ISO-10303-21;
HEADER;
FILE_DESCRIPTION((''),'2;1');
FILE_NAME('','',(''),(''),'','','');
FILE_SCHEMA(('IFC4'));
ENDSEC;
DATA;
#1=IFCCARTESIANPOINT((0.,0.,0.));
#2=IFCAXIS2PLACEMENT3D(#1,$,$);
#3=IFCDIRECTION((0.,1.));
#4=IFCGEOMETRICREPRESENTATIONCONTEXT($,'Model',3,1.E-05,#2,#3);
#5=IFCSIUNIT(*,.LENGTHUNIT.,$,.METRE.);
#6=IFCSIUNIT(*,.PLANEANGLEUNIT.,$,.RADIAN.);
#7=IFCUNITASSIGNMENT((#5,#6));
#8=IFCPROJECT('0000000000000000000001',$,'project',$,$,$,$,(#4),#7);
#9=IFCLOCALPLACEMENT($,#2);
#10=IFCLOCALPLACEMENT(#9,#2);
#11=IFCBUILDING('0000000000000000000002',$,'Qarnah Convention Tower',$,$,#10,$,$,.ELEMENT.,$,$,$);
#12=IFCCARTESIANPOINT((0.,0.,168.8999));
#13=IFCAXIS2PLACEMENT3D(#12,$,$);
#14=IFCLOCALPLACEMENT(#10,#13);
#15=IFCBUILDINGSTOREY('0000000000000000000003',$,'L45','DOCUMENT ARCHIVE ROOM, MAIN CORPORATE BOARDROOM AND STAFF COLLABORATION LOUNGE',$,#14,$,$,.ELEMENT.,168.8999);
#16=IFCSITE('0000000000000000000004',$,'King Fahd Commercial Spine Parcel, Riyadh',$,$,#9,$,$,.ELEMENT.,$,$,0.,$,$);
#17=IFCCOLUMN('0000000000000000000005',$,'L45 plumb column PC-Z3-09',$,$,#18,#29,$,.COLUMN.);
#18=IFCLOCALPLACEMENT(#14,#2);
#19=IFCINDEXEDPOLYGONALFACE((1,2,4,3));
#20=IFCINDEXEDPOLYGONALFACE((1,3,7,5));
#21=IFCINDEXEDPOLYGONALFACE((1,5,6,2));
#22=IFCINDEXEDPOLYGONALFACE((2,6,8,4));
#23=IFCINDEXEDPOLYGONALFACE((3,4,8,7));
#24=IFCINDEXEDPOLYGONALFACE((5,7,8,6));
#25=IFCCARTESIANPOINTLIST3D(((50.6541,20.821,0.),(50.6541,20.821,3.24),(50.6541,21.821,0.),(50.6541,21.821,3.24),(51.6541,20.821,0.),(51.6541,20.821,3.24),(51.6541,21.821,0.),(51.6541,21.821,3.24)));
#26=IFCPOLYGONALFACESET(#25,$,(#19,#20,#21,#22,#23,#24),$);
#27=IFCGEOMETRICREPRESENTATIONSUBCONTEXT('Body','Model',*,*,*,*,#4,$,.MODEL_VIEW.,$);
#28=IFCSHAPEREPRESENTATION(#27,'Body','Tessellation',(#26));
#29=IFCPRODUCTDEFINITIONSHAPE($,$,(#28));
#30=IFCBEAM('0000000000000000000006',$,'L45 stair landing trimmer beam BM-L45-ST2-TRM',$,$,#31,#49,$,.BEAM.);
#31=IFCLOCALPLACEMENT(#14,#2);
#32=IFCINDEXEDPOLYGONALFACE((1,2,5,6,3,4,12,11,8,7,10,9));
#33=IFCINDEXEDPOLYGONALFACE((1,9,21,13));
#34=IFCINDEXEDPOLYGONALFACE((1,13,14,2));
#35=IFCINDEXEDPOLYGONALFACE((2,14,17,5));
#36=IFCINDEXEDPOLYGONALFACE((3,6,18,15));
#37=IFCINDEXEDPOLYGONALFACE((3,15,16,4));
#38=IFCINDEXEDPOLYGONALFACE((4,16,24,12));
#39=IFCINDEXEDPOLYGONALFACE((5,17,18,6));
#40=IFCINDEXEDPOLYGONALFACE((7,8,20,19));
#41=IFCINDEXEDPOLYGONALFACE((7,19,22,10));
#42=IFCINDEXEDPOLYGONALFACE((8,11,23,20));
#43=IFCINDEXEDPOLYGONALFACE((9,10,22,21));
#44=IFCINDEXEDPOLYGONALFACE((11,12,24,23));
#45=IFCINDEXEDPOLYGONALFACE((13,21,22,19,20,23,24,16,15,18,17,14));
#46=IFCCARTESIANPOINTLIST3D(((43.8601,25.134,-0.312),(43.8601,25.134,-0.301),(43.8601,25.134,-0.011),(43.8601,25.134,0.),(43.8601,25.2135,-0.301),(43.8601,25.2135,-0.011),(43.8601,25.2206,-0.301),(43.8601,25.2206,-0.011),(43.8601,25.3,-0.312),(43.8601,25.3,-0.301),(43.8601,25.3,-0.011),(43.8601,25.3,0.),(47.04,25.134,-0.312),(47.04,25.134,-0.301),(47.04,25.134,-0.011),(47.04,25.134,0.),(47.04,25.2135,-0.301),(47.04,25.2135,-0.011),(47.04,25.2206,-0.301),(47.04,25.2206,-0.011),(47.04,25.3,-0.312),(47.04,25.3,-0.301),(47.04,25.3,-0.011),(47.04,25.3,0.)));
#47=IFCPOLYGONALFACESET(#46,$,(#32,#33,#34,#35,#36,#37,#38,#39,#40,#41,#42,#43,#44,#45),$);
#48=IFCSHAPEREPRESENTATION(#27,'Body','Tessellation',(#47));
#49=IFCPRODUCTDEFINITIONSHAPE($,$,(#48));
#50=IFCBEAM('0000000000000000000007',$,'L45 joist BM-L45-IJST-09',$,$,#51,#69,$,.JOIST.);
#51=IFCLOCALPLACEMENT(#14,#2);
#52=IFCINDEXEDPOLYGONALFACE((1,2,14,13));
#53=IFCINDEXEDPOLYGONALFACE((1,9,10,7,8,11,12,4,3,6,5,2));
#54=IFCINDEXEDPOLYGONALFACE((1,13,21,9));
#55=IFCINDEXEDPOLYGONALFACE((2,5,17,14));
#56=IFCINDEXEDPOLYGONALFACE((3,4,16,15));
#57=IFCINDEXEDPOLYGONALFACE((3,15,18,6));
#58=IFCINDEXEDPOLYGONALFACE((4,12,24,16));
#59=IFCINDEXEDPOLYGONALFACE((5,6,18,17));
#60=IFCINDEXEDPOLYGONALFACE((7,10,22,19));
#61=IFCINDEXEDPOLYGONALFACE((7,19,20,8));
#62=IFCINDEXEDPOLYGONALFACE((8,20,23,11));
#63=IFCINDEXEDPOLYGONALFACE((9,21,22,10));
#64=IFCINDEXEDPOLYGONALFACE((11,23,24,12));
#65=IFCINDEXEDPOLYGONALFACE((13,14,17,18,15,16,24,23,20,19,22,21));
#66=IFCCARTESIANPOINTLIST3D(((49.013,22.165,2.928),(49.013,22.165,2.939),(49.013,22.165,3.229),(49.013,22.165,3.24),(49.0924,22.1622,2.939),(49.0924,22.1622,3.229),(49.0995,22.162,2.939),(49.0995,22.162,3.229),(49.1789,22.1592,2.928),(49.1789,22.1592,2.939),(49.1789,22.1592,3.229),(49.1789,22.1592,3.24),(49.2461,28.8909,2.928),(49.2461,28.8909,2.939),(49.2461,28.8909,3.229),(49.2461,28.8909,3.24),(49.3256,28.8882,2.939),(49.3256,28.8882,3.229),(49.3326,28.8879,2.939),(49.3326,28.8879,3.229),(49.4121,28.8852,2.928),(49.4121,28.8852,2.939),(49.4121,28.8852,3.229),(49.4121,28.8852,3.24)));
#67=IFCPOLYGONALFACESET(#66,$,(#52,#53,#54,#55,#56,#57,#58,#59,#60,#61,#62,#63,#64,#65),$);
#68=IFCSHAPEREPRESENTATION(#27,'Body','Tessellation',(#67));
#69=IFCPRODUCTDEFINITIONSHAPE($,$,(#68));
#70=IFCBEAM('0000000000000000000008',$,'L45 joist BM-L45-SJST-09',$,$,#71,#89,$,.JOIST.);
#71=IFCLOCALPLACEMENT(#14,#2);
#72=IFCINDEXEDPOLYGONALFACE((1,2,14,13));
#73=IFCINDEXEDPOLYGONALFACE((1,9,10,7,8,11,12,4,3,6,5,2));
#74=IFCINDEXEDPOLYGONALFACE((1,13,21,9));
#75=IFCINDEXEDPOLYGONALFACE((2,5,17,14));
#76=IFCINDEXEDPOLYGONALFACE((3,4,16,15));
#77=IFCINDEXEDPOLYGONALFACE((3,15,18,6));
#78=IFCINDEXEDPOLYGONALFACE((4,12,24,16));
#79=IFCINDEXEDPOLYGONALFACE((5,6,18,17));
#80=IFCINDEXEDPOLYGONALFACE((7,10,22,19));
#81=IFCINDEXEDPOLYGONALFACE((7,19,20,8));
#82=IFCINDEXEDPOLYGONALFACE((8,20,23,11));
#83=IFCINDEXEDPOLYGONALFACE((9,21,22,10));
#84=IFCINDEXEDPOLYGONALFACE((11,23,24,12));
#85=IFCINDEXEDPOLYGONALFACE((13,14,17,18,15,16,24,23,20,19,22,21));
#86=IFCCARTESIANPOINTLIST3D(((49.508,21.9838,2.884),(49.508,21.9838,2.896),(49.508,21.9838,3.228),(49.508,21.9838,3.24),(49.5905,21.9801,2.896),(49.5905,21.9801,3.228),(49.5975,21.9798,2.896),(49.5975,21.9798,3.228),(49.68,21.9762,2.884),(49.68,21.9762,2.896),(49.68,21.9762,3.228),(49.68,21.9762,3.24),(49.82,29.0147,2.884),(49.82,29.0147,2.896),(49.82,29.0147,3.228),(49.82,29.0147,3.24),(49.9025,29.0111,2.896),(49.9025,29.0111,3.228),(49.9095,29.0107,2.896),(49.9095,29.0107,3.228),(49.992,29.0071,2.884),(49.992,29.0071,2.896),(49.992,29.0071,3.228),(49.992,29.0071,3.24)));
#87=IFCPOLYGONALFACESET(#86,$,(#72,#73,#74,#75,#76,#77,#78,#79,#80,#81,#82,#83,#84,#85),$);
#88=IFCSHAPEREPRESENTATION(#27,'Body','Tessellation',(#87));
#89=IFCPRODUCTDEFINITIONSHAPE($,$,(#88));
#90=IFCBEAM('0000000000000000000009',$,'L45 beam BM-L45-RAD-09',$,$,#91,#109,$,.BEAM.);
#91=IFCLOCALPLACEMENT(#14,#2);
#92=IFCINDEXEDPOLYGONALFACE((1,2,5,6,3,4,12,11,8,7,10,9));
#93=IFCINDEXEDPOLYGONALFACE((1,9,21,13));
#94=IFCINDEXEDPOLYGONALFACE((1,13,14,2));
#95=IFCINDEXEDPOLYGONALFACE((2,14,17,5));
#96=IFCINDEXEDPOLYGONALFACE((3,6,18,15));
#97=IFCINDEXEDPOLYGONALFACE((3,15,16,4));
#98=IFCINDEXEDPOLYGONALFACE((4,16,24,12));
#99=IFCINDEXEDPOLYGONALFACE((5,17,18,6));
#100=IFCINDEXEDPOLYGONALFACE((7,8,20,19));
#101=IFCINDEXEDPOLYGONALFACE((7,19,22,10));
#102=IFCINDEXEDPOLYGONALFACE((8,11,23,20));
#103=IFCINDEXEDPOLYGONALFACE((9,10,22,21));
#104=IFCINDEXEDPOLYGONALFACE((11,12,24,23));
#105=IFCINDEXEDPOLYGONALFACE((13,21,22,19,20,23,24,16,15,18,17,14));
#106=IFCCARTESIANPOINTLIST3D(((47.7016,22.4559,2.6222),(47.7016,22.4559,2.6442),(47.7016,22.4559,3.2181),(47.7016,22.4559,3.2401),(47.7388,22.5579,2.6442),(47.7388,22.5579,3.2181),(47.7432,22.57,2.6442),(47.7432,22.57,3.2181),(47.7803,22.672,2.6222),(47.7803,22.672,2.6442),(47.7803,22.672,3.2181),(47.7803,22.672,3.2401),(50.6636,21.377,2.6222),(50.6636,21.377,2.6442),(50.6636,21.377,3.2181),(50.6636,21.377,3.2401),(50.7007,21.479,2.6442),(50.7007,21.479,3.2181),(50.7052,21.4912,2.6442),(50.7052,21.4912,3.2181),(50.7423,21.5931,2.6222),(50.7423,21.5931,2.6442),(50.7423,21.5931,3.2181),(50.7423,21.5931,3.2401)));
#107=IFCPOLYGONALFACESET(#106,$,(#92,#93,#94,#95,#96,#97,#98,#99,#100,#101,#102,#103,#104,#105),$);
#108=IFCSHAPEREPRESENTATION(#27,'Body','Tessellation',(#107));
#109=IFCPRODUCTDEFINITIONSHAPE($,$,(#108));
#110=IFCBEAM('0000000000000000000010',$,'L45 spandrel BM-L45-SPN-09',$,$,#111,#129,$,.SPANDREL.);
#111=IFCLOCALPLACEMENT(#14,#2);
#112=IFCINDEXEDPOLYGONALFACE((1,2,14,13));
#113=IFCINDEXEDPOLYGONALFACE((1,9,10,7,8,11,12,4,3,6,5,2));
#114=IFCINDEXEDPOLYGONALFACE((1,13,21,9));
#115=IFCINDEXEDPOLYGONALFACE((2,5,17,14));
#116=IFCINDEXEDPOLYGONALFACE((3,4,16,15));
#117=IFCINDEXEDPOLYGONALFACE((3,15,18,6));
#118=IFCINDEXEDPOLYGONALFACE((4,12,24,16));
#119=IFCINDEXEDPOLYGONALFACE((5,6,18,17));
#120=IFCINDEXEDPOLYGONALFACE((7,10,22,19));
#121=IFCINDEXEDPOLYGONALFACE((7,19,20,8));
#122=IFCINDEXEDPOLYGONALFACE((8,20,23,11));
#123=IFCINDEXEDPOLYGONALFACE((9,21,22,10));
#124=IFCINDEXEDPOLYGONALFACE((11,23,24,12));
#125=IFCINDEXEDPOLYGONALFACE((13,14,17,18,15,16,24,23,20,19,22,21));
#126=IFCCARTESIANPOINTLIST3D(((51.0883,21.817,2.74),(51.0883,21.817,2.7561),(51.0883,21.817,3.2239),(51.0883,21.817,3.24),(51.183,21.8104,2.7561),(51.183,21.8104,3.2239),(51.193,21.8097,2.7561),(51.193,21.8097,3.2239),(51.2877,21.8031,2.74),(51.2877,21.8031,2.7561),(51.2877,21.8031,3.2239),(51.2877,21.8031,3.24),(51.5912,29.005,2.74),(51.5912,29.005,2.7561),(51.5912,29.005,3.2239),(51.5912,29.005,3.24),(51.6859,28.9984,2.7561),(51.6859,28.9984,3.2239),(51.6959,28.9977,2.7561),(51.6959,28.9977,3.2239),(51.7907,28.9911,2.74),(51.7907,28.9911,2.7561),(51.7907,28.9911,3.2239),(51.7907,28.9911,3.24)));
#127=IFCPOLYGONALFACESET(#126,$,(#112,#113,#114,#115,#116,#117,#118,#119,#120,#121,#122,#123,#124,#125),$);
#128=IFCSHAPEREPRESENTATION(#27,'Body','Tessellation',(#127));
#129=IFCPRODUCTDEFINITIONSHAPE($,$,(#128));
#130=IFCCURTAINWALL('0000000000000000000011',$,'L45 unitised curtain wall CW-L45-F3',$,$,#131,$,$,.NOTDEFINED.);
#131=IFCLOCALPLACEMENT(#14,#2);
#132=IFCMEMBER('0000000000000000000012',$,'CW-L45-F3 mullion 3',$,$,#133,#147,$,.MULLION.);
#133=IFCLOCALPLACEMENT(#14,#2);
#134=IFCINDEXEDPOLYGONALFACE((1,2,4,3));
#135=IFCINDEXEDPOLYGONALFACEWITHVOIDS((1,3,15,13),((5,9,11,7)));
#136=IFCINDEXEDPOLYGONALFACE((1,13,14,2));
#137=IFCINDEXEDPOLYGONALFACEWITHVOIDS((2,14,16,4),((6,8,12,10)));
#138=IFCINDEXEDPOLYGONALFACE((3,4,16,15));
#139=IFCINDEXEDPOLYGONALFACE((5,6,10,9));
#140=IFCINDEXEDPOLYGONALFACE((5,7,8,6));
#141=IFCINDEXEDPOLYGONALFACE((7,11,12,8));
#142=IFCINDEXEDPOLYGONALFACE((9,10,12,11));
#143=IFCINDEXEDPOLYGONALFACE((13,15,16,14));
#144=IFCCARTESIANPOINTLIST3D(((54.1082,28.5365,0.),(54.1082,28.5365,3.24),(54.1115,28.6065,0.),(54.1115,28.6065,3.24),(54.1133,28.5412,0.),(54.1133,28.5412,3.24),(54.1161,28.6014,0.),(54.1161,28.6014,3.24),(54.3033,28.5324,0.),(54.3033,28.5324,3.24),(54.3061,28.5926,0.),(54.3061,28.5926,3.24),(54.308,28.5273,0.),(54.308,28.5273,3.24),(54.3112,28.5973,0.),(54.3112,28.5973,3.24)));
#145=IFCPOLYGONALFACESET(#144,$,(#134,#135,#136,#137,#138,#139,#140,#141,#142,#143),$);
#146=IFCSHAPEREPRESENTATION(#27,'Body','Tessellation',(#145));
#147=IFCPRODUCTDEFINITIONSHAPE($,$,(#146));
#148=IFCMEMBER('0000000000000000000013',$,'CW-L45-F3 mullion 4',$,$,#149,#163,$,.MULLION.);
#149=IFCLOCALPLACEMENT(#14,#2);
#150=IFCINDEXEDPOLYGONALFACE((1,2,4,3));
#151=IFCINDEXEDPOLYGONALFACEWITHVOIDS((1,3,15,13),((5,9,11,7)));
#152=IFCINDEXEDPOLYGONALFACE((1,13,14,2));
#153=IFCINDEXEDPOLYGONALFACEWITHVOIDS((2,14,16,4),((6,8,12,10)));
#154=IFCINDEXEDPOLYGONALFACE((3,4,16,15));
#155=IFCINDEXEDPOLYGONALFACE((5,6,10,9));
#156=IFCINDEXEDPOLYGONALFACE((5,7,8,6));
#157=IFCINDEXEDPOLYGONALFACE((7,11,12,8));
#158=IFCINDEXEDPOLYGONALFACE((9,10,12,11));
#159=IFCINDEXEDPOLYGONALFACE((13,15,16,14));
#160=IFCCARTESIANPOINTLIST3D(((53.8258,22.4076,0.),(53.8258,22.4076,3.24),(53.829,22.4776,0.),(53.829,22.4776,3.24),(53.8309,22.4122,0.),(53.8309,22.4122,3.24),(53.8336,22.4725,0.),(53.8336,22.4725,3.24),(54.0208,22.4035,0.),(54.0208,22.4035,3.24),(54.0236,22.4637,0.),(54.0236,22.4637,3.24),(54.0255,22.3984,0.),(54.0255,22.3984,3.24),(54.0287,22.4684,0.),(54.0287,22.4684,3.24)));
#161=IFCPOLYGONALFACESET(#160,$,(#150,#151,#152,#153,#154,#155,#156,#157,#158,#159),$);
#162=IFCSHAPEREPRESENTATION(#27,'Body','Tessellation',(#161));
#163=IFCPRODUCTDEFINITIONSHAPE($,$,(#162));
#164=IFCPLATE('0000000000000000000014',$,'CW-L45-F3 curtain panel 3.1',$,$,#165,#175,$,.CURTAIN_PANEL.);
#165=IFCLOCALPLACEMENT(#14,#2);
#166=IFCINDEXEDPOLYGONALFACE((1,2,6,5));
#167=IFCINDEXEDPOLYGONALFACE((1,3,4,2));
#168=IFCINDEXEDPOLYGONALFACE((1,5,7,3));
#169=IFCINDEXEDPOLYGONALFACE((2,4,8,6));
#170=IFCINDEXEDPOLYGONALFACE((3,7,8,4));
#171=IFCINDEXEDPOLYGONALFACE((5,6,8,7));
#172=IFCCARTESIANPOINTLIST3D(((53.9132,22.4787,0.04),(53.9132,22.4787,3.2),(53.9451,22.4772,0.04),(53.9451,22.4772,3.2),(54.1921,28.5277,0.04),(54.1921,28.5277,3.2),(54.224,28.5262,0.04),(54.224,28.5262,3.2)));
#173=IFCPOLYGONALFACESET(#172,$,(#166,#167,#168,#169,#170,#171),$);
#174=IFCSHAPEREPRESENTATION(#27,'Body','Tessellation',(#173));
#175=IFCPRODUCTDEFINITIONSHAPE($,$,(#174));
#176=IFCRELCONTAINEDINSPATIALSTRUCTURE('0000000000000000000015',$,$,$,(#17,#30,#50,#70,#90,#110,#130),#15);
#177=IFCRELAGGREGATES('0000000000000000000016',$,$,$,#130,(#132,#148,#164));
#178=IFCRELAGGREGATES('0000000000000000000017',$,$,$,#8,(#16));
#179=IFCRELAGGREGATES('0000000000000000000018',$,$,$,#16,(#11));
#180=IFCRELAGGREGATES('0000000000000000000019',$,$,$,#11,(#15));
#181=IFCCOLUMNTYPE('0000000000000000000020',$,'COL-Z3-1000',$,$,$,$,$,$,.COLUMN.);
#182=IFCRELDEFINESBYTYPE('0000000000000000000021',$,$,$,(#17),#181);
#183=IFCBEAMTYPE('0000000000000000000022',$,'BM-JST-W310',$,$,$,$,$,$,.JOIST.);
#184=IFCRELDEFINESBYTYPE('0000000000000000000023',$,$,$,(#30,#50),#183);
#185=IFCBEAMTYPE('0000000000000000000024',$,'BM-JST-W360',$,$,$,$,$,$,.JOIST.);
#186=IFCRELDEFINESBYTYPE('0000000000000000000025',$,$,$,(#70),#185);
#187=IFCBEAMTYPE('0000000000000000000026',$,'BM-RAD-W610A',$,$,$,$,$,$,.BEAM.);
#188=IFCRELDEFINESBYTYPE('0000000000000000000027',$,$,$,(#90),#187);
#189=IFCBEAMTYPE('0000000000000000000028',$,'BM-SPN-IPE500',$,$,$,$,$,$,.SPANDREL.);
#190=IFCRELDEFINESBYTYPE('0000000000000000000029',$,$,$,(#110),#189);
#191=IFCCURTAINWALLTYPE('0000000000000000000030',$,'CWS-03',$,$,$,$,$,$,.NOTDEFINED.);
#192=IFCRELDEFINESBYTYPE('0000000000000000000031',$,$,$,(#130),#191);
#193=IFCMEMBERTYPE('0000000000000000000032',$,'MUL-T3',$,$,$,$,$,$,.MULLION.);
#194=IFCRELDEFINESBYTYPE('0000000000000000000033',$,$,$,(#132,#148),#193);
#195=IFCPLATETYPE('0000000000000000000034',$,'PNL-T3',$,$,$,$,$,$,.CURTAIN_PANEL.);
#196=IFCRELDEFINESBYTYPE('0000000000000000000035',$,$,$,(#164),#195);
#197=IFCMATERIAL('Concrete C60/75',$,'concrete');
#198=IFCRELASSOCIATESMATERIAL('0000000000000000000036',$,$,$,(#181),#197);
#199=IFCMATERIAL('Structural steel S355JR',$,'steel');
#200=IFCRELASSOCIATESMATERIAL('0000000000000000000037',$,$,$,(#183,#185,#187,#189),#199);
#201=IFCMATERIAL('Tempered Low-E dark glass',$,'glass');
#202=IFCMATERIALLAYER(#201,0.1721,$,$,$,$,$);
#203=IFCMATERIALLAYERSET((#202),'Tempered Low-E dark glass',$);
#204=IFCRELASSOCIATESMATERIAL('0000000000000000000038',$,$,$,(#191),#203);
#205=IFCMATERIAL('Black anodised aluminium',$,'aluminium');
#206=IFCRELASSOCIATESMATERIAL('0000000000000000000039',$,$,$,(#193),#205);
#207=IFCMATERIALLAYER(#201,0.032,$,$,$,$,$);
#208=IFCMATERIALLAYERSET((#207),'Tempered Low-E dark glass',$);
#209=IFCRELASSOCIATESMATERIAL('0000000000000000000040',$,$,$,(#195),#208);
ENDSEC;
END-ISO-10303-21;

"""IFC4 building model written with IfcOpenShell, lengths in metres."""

from ifc_helpers import new_model, si_unit, direction, frame, origin, origin_2d, place, context, subcontext, project, spatial, rectangle, hollow_rectangle, i_section, extrude, material, layer, layer_set, material_profile, profile_set, type_object, element, aggregate, save


model = new_model("IFC4")

# Units and contexts
model_context = context("Model", 3, precision=1e-05, world=origin(), true_north=direction((0.0, 1.0)))
body_context = subcontext(model_context, "Body", "Model", "MODEL_VIEW")
ifc_project = project(units=[si_unit("LENGTHUNIT", "METRE"), si_unit("PLANEANGLEUNIT", "RADIAN")], contexts=[model_context])

# Site, building, storey
site_placement = place(None, origin())
site = spatial("IfcSite", under=ifc_project, at=site_placement, Name="King Fahd Commercial Spine Parcel, Riyadh", CompositionType="ELEMENT", RefElevation=0.0)
building_placement = place(site_placement, origin())
building = spatial("IfcBuilding", under=site, at=building_placement, Name="Qarnah Convention Tower", CompositionType="ELEMENT")
storey_placement = place(building_placement, frame((0.0, 0.0, 168.8999)))
storey = spatial("IfcBuildingStorey", under=building, at=storey_placement, Name="L45", Description="DOCUMENT ARCHIVE ROOM, MAIN CORPORATE BOARDROOM AND STAFF COLLABORATION LOUNGE", CompositionType="ELEMENT", Elevation=168.8999)

# Column
ifc_material_1 = material(Name="Concrete C60/75", Category="concrete")
ifc_material_profile_1 = material_profile(ifc_material_1, rectangle(XDim=1.0, YDim=1.0, at=origin_2d()), Name="RC-COL-1000X1000")
ifc_profile_set_1 = profile_set([ifc_material_profile_1], Name="Concrete C60/75")
column_type = type_object("IfcColumnType", Name="COL-Z3-1000", PredefinedType="COLUMN", material=ifc_profile_set_1)
column_placement = place(storey_placement, frame((51.1541, 21.321, 0.0), z_axis=(0.0, 0.0, 1.0), x_axis=(1.0, 0.0, 0.0)))
element("IfcColumn", 1, at=column_placement, inside=storey, type_object=column_type, Name="L45 plumb column PC-Z3-09", PredefinedType="COLUMN", context=body_context, shape_type="SweptSolid", body=[
    extrude(rectangle(XDim=1.0, YDim=1.0, at=origin_2d()), origin(), (0.0, 0.0, 1.0), 3.24),
])

# Beams
ifc_material_2 = material(Name="Structural steel S355JR", Category="steel")
ifc_material_profile_2 = material_profile(ifc_material_2, i_section(OverallWidth=0.166, OverallDepth=0.312, WebThickness=0.0071, FlangeThickness=0.011, at=origin_2d()), Name="W310X45")
ifc_profile_set_2 = profile_set([ifc_material_profile_2], Name="Structural steel S355JR")
beam_type_1 = type_object("IfcBeamType", Name="BM-JST-W310", PredefinedType="JOIST", material=ifc_profile_set_2)
beam_1_placement = place(storey_placement, frame((43.8601, 25.217, -0.156), z_axis=(1.0, 0.0, 0.0), x_axis=(0.0, 1.0, 0.0)))
element("IfcBeam", 2, at=beam_1_placement, inside=storey, type_object=beam_type_1, Name="L45 stair landing trimmer beam BM-L45-ST2-TRM", PredefinedType="BEAM", context=body_context, shape_type="SweptSolid", body=[
    extrude(i_section(OverallWidth=0.166, OverallDepth=0.312, WebThickness=0.0071, FlangeThickness=0.011, at=origin_2d()), origin(), (0.0, 0.0, 1.0), 3.1799),
])
beam_2_placement = place(storey_placement, frame((49.0959, 22.1621, 3.084), z_axis=(0.034645, 0.9994, 0.0), x_axis=(-0.9994, 0.034645, 0.0)))
element("IfcBeam", 3, at=beam_2_placement, inside=storey, type_object=beam_type_1, Name="L45 joist BM-L45-IJST-09", PredefinedType="JOIST", context=body_context, shape_type="SweptSolid", body=[
    extrude(i_section(OverallWidth=0.166, OverallDepth=0.312, WebThickness=0.0071, FlangeThickness=0.011, at=origin_2d()), origin(), (0.0, 0.0, 1.0), 6.73),
])
ifc_material_profile_3 = material_profile(ifc_material_2, i_section(OverallWidth=0.1721, OverallDepth=0.356, WebThickness=0.0071, FlangeThickness=0.012, at=origin_2d()), Name="W360X51")
ifc_profile_set_3 = profile_set([ifc_material_profile_3], Name="Structural steel S355JR")
beam_type_2 = type_object("IfcBeamType", Name="BM-JST-W360", PredefinedType="JOIST", material=ifc_profile_set_3)
beam_3_placement = place(storey_placement, frame((49.594, 21.98, 3.062), z_axis=(0.044333, 0.999017, 0.0), x_axis=(-0.999017, 0.044333, 0.0)))
element("IfcBeam", 4, at=beam_3_placement, inside=storey, type_object=beam_type_2, Name="L45 joist BM-L45-SJST-09", PredefinedType="JOIST", context=body_context, shape_type="SweptSolid", body=[
    extrude(i_section(OverallWidth=0.1721, OverallDepth=0.356, WebThickness=0.0071, FlangeThickness=0.012, at=origin_2d()), origin(), (0.0, 0.0, 1.0), 7.0378),
])
ifc_material_profile_4 = material_profile(ifc_material_2, i_section(OverallWidth=0.23, OverallDepth=0.6179, WebThickness=0.0129, FlangeThickness=0.022, at=origin_2d()), Name="W610X140")
ifc_profile_set_4 = profile_set([ifc_material_profile_4], Name="Structural steel S355JR")
beam_type_3 = type_object("IfcBeamType", Name="BM-RAD-W610A", PredefinedType="BEAM", material=ifc_profile_set_4)
beam_4_placement = place(storey_placement, frame((47.741, 22.564, 2.9312), z_axis=(0.93961, -0.342247, 0.0), x_axis=(0.342247, 0.93961, 0.0)))
element("IfcBeam", 5, at=beam_4_placement, inside=storey, type_object=beam_type_3, Name="L45 beam BM-L45-RAD-09", PredefinedType="BEAM", context=body_context, shape_type="SweptSolid", body=[
    extrude(i_section(OverallWidth=0.23, OverallDepth=0.6179, WebThickness=0.0129, FlangeThickness=0.022, at=origin_2d()), origin(), (0.0, 0.0, 1.0), 3.1523),
])
ifc_material_profile_5 = material_profile(ifc_material_2, i_section(OverallWidth=0.2, OverallDepth=0.5, WebThickness=0.01, FlangeThickness=0.0161, at=origin_2d()), Name="IPE500")
ifc_profile_set_5 = profile_set([ifc_material_profile_5], Name="Structural steel S355JR")
beam_type_4 = type_object("IfcBeamType", Name="BM-SPN-IPE500", PredefinedType="SPANDREL", material=ifc_profile_set_5)
beam_5_placement = place(storey_placement, frame((51.188, 21.8101, 2.99), z_axis=(0.069797, 0.997561, 0.0), x_axis=(-0.997561, 0.069797, 0.0)))
element("IfcBeam", 6, at=beam_5_placement, inside=storey, type_object=beam_type_4, Name="L45 spandrel BM-L45-SPN-09", PredefinedType="SPANDREL", context=body_context, shape_type="SweptSolid", body=[
    extrude(i_section(OverallWidth=0.2, OverallDepth=0.5, WebThickness=0.01, FlangeThickness=0.0161, at=origin_2d()), origin(), (0.0, 0.0, 1.0), 7.2056),
])

# Curtain wall, members, plate
ifc_material_3 = material(Name="Tempered Low-E dark glass", Category="glass")
ifc_layer_1 = layer(ifc_material_3, 0.1721)
ifc_layer_set_1 = layer_set([ifc_layer_1], Name="Tempered Low-E dark glass")
curtain_wall_type = type_object("IfcCurtainWallType", Name="CWS-03", PredefinedType="NOTDEFINED", material=ifc_layer_set_1)
curtain_wall_placement = place(storey_placement, origin())
curtain_wall = element("IfcCurtainWall", 7, at=curtain_wall_placement, inside=storey, type_object=curtain_wall_type, Name="L45 unitised curtain wall CW-L45-F3", PredefinedType="NOTDEFINED")
ifc_material_4 = material(Name="Black anodised aluminium", Category="aluminium")
ifc_material_profile_6 = material_profile(ifc_material_4, hollow_rectangle(XDim=0.0701, YDim=0.2, WallThickness=0.0049, at=origin_2d()), Name="MUL-70X200")
ifc_profile_set_6 = profile_set([ifc_material_profile_6], Name="Black anodised aluminium")
member_type = type_object("IfcMemberType", Name="MUL-T3", PredefinedType="MULLION", material=ifc_profile_set_6)
member_1_placement = place(storey_placement, frame((54.2097, 28.5669, 0.0), z_axis=(0.0, 0.0, 1.0), x_axis=(-0.04606, -0.998939, 0.0)))
member_1 = element("IfcMember", 8, at=member_1_placement, type_object=member_type, Name="CW-L45-F3 mullion 3", PredefinedType="MULLION", context=body_context, shape_type="SweptSolid", body=[
    extrude(hollow_rectangle(XDim=0.0701, YDim=0.2, WallThickness=0.0049, at=origin_2d()), origin(), (0.0, 0.0, 1.0), 3.24),
])
member_2_placement = place(storey_placement, frame((53.9272, 22.438, 0.0), z_axis=(0.0, 0.0, 1.0), x_axis=(-0.04606, -0.998939, 0.0)))
member_2 = element("IfcMember", 9, at=member_2_placement, type_object=member_type, Name="CW-L45-F3 mullion 4", PredefinedType="MULLION", context=body_context, shape_type="SweptSolid", body=[
    extrude(hollow_rectangle(XDim=0.0701, YDim=0.2, WallThickness=0.0049, at=origin_2d()), origin(), (0.0, 0.0, 1.0), 3.24),
])
ifc_layer_2 = layer(ifc_material_3, 0.032)
ifc_layer_set_2 = layer_set([ifc_layer_2], Name="Tempered Low-E dark glass")
plate_type = type_object("IfcPlateType", Name="PNL-T3", PredefinedType="CURTAIN_PANEL", material=ifc_layer_set_2)
plate_placement = place(storey_placement, frame((54.0686, 25.5024, 0.04), z_axis=(0.0, 0.0, 1.0), x_axis=(-0.04606, -0.998939, 0.0)))
plate = element("IfcPlate", 10, at=plate_placement, type_object=plate_type, Name="CW-L45-F3 curtain panel 3.1", PredefinedType="CURTAIN_PANEL", context=body_context, shape_type="SweptSolid", body=[
    extrude(rectangle(XDim=6.0554, YDim=0.032, at=origin_2d()), origin(), (0.0, 0.0, 1.0), 3.1599),
])
aggregate(curtain_wall, [member_1, member_2, plate])

save(model, "model.ifc")
